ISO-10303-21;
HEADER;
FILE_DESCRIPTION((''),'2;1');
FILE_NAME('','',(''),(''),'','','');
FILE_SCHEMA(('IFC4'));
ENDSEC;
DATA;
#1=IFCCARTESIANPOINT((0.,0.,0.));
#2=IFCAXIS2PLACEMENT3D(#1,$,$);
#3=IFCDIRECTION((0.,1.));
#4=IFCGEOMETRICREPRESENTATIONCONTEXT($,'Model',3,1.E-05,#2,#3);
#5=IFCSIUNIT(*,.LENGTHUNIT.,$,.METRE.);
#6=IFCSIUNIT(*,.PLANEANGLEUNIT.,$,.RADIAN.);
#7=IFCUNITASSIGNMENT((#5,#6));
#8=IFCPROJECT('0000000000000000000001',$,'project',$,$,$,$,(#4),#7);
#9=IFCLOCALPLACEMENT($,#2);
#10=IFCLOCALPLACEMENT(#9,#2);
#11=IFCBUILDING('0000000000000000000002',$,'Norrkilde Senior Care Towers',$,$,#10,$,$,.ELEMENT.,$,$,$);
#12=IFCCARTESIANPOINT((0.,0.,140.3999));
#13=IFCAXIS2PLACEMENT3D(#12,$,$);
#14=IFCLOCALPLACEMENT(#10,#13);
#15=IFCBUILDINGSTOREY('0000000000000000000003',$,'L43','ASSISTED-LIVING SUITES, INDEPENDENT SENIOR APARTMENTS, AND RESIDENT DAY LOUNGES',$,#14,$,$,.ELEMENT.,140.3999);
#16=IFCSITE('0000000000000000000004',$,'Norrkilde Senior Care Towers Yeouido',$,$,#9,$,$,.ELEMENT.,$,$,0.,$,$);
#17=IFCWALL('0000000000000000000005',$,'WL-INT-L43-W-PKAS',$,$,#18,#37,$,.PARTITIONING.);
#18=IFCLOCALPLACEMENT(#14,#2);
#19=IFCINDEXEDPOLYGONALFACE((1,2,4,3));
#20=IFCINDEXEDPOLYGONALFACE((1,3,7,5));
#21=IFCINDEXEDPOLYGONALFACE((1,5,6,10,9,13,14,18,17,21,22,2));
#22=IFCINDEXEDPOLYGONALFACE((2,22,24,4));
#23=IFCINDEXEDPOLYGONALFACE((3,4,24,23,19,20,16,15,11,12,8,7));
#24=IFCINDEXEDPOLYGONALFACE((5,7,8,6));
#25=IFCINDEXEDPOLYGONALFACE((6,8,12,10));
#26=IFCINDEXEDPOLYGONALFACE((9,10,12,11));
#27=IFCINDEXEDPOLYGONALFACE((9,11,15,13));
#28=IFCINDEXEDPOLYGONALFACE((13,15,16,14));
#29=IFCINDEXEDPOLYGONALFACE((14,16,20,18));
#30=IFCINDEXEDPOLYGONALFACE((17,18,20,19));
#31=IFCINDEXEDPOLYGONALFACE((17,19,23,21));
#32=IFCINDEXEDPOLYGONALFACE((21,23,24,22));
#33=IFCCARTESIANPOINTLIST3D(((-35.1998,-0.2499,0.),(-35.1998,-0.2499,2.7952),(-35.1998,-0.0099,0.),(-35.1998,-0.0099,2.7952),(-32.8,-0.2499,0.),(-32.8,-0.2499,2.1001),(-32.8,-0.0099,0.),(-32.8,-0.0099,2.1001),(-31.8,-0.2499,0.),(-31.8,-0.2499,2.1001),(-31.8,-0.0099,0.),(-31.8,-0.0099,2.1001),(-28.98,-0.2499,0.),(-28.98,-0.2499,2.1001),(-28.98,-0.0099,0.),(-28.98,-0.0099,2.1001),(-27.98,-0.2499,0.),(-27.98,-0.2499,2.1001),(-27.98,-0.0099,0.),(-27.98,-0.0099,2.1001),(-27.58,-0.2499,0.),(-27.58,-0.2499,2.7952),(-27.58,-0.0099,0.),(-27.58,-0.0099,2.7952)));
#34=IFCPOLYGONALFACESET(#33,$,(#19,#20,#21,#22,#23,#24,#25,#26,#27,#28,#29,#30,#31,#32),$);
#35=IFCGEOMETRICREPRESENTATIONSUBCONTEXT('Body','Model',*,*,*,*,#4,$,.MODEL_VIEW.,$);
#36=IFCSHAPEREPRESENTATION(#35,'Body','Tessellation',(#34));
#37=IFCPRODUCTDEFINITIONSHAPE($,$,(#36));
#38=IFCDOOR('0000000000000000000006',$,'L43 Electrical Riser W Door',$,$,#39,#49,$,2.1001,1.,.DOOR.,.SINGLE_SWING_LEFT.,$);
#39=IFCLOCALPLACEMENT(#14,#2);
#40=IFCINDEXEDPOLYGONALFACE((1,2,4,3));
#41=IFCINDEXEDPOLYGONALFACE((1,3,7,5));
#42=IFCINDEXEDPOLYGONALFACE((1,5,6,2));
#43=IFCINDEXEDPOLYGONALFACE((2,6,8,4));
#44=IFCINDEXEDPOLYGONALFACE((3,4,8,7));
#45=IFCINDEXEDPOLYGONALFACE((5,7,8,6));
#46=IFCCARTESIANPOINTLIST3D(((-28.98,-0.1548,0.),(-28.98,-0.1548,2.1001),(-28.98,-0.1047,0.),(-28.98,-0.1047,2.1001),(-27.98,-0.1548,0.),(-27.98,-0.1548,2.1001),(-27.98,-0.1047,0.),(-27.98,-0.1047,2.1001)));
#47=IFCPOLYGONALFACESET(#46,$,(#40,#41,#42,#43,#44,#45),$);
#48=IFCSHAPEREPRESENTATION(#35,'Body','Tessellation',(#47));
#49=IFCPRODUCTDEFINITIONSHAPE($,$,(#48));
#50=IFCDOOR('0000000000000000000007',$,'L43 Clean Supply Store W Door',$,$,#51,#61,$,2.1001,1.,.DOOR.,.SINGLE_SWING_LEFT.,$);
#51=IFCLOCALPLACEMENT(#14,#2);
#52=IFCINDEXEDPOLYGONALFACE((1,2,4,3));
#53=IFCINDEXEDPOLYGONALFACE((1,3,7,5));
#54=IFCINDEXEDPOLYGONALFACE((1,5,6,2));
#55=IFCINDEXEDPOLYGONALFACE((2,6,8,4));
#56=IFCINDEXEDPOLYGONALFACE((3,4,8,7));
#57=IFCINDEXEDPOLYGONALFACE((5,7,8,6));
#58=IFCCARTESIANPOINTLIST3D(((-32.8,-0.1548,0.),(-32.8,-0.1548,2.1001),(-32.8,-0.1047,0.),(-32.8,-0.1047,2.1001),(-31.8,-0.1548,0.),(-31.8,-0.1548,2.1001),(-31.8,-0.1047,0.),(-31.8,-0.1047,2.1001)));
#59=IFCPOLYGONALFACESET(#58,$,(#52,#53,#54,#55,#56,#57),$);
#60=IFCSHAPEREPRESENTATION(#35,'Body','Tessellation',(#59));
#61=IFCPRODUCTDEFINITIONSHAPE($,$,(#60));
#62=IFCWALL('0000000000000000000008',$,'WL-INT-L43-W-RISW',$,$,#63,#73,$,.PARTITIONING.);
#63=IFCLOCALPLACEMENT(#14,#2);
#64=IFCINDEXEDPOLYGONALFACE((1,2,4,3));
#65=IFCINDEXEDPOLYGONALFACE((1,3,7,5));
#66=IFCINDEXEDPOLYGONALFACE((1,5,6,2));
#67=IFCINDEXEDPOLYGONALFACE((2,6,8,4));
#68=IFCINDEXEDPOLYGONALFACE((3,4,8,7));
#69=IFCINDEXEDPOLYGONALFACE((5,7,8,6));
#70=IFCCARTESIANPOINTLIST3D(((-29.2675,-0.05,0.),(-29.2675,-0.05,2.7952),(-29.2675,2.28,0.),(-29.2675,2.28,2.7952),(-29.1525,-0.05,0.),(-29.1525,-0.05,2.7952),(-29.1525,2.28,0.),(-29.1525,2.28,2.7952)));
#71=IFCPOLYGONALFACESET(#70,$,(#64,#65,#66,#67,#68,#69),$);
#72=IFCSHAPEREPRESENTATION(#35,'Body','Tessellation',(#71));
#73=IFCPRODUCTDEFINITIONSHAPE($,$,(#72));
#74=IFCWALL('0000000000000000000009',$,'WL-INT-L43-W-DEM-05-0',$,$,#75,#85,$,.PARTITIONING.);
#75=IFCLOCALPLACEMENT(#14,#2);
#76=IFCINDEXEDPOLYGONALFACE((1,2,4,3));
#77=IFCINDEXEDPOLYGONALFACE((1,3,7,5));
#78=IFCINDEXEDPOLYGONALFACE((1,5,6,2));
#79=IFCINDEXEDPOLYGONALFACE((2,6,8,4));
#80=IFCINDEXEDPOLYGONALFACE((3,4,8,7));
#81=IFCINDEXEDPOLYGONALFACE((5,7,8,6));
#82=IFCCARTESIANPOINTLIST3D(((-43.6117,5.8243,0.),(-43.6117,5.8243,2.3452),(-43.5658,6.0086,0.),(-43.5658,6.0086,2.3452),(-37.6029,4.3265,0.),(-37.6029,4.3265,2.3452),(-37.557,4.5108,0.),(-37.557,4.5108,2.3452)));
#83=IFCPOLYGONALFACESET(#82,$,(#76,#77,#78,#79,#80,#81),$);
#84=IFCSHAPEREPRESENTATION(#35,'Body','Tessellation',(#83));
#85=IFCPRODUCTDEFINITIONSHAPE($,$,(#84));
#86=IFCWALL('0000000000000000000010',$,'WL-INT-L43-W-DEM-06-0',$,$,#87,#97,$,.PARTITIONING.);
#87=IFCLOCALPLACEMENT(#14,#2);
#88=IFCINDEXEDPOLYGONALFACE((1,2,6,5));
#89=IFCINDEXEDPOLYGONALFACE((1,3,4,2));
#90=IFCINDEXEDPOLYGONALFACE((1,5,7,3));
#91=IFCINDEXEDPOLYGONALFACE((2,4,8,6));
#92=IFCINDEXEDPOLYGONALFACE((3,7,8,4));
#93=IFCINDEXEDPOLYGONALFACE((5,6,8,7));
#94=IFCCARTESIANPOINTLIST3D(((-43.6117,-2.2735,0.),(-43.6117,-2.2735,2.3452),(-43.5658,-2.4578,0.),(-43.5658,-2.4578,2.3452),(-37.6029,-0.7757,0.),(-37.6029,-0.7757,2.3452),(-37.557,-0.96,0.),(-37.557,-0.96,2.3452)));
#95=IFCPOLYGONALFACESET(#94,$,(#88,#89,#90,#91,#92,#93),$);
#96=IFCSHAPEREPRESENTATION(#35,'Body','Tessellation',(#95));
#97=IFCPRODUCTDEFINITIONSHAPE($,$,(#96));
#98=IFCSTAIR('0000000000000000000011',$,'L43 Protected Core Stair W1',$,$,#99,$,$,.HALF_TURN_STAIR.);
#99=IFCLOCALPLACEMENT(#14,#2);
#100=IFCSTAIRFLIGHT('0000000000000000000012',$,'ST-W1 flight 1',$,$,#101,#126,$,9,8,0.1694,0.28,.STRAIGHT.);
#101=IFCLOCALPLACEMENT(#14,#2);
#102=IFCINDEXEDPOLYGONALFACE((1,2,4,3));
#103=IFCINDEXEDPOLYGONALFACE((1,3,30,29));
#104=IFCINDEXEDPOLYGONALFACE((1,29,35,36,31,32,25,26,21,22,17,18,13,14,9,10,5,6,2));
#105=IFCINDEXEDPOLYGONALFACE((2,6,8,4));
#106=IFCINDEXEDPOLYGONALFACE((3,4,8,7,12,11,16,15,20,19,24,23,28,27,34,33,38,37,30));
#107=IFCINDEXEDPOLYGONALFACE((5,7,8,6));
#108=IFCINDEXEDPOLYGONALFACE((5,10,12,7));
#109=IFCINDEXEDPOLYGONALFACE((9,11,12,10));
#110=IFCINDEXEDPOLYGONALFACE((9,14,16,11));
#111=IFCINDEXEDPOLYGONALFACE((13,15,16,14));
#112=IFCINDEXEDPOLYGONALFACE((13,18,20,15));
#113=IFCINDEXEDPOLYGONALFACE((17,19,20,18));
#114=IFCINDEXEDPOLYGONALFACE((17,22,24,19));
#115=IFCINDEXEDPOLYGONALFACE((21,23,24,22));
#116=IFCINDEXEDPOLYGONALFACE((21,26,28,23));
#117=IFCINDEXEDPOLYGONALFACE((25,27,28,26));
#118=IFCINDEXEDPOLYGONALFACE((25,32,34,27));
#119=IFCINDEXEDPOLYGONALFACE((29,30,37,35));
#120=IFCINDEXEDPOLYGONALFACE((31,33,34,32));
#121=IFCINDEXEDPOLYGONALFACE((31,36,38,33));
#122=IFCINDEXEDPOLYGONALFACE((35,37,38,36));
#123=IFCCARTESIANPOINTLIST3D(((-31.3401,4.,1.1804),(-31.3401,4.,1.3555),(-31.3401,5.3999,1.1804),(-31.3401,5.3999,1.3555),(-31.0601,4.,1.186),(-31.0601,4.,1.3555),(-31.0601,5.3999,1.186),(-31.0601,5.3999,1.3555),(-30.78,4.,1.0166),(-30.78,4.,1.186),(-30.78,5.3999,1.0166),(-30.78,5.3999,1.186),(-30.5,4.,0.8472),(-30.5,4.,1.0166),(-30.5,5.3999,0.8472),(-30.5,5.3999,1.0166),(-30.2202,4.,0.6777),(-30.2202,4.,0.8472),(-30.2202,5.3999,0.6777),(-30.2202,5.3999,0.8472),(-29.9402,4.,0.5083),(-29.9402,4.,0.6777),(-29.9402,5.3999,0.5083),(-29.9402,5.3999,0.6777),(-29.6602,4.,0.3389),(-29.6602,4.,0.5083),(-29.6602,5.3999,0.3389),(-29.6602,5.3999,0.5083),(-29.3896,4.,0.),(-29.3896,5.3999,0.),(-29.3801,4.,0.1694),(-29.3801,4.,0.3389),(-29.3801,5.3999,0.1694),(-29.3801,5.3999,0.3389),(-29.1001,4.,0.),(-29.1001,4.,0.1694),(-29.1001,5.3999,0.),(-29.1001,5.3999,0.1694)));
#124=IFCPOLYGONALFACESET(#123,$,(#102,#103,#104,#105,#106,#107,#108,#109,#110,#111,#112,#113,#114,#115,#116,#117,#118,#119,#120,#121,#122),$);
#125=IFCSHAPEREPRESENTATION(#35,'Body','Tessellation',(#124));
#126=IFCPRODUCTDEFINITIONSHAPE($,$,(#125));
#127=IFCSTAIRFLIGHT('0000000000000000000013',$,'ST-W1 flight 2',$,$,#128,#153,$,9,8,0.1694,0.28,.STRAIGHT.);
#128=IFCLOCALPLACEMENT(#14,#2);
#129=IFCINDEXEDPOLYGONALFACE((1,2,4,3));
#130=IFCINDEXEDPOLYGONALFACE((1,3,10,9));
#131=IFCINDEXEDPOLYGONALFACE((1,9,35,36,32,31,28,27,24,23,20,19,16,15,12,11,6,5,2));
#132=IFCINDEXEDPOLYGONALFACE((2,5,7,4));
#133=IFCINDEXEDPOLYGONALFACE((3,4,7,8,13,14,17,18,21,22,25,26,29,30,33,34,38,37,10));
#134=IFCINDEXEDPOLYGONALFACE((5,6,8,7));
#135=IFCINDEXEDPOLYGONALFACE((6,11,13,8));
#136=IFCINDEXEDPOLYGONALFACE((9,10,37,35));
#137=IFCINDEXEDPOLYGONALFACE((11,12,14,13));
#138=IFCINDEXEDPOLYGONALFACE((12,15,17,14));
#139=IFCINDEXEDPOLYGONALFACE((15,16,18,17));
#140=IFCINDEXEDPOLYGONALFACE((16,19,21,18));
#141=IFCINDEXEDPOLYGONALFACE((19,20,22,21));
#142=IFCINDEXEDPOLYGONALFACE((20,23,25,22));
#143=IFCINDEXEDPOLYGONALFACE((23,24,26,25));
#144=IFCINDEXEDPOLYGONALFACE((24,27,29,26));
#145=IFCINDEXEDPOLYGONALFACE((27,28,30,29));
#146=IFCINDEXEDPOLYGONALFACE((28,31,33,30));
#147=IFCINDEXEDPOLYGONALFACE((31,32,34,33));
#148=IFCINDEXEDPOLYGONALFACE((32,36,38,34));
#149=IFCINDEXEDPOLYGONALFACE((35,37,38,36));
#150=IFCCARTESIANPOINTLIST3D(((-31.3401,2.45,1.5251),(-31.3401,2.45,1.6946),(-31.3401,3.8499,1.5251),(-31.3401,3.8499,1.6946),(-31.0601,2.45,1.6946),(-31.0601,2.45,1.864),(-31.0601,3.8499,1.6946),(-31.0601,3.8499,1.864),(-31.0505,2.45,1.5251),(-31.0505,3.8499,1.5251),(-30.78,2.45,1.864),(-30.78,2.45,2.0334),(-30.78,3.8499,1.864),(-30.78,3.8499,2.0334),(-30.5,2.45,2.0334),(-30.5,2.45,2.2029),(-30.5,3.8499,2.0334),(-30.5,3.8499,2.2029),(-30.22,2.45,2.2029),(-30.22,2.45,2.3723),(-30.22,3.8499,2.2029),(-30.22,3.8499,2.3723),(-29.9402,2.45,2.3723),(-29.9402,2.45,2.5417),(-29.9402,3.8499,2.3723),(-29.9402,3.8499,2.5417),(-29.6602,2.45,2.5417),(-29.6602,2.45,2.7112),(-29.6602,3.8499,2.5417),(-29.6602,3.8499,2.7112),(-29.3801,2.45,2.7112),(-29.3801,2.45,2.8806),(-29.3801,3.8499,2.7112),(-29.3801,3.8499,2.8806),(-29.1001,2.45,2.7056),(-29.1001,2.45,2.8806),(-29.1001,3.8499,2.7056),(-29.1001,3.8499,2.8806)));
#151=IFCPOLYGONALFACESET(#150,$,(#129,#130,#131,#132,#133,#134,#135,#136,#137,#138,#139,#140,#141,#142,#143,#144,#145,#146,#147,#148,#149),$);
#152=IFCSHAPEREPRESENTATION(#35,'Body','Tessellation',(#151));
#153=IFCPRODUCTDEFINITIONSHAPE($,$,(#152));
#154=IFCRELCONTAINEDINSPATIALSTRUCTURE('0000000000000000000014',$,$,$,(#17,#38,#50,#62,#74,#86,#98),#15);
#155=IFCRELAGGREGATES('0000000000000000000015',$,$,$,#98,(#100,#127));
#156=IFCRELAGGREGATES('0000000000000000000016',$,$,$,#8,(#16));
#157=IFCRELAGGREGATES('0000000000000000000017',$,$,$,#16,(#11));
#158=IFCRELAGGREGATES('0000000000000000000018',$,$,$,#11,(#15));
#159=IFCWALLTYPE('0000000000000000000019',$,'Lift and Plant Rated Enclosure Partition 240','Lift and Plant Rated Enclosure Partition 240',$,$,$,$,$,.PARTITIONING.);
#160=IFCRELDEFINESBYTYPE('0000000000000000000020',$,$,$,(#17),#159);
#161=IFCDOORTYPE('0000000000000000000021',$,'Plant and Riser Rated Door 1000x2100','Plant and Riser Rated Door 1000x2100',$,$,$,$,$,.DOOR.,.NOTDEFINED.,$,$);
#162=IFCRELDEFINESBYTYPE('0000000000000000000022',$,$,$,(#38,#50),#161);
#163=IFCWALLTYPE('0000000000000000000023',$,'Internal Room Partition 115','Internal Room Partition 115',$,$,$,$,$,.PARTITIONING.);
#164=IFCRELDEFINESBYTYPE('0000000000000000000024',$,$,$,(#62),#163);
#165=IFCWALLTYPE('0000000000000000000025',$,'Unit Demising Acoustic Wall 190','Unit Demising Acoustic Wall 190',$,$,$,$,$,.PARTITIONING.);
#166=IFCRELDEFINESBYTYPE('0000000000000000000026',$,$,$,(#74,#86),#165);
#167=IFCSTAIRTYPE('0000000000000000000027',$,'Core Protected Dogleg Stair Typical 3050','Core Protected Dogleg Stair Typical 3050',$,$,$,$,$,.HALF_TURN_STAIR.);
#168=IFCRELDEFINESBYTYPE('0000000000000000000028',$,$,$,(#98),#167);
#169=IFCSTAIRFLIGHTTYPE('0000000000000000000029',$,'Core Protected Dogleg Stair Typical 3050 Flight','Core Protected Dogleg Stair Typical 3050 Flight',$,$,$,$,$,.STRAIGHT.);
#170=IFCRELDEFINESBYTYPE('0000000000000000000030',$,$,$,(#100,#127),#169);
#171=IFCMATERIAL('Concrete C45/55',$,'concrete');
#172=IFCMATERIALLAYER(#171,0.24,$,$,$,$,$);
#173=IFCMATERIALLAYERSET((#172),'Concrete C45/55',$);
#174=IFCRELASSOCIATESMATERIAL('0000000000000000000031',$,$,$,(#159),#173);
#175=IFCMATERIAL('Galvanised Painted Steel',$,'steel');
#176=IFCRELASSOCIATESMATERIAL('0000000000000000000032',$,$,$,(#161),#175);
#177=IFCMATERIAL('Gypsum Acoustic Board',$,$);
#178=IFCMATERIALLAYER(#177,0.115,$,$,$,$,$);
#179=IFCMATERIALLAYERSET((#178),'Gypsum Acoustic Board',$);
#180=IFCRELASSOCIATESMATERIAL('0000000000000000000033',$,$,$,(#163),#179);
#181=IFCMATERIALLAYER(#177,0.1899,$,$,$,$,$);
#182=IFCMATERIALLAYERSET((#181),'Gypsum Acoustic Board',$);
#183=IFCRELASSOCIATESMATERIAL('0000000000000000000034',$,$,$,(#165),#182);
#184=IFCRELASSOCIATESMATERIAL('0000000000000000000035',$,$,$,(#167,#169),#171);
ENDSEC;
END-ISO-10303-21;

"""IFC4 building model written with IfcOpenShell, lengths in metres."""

from ifc_helpers import new_model, si_unit, direction, frame, frame_2d, origin, place, context, subcontext, project, spatial, polyline, rectangle, outline, extrude, source, transform, mapped, material, layer, layer_set, type_object, type_shapes, element, fill, aggregate, save


model = new_model("IFC4")

# Units and contexts
model_context = context("Model", 3, precision=1e-05, world=origin(), true_north=direction((0.0, 1.0)))
body_context = subcontext(model_context, "Body", "Model", "MODEL_VIEW")
ifc_project = project(units=[si_unit("LENGTHUNIT", "METRE"), si_unit("PLANEANGLEUNIT", "RADIAN")], contexts=[model_context])

# Site, building, storey
site_placement = place(None, origin())
site = spatial("IfcSite", under=ifc_project, at=site_placement, Name="Norrkilde Senior Care Towers Yeouido", CompositionType="ELEMENT", RefElevation=0.0)
building_placement = place(site_placement, origin())
building = spatial("IfcBuilding", under=site, at=building_placement, Name="Norrkilde Senior Care Towers", CompositionType="ELEMENT")
storey_placement = place(building_placement, frame((0.0, 0.0, 140.3999)))
storey = spatial("IfcBuildingStorey", under=building, at=storey_placement, Name="L43", Description="ASSISTED-LIVING SUITES, INDEPENDENT SENIOR APARTMENTS, AND RESIDENT DAY LOUNGES", CompositionType="ELEMENT", Elevation=140.3999)

# Shared definitions
ifc_material_1 = material(Name="Concrete C45/55", Category="concrete")

# Wall, openings, doors
ifc_layer_1 = layer(ifc_material_1, 0.24)
ifc_layer_set_1 = layer_set([ifc_layer_1], Name="Concrete C45/55")
wall_type_1 = type_object("IfcWallType", Name="Lift and Plant Rated Enclosure Partition 240", Description="Lift and Plant Rated Enclosure Partition 240", PredefinedType="PARTITIONING", material=ifc_layer_set_1)
shared_shape_1 = source(origin(), body_context, "Body", "SweptSolid", [
    extrude(rectangle(XDim=7.6199, YDim=0.24, at=frame_2d((3.8101, 0.0))), origin(), (0.0, 0.0, 1.0), 2.7952),
])
type_shapes(wall_type_1, [shared_shape_1])
wall_1_placement = place(storey_placement, frame((-35.2, -0.1299, 0.0), z_axis=(0.0, 0.0, 1.0), x_axis=(1.0, 0.0, 0.0)))
wall_1 = element("IfcWall", 1, at=wall_1_placement, inside=storey, type_object=wall_type_1, Name="WL-INT-L43-W-PKAS", PredefinedType="PARTITIONING", context=body_context, shape_type="MappedRepresentation", body=[
    mapped(shared_shape_1, transform((0.0, 0.0, 0.0), x_axis=(1.0, 0.0, 0.0), y_axis=(0.0, 1.0, 0.0), z_axis=(0.0, 0.0, 1.0), scale=1.0)),
])
opening_1_placement = place(wall_1_placement, frame((6.22, 0.0, 0.0)))
opening_1 = element("IfcOpeningElement", 2, at=opening_1_placement, cuts=wall_1, PredefinedType="OPENING", context=body_context, shape_type="SweptSolid", body=[
    extrude(rectangle(XDim=1.0, YDim=2.1001, at=frame_2d((0.5, 1.05))), frame((0.0, 0.1299, 0.0), z_axis=(0.0, -1.0, 0.0), x_axis=(1.0, 0.0, 0.0)), (0.0, 0.0, 1.0), 0.26),
])
opening_2_placement = place(wall_1_placement, frame((2.3999, 0.0, 0.0)))
opening_2 = element("IfcOpeningElement", 3, at=opening_2_placement, cuts=wall_1, PredefinedType="OPENING", context=body_context, shape_type="SweptSolid", body=[
    extrude(rectangle(XDim=1.0, YDim=2.1001, at=frame_2d((0.5, 1.05))), frame((0.0, 0.1299, 0.0), z_axis=(0.0, -1.0, 0.0), x_axis=(1.0, 0.0, 0.0)), (0.0, 0.0, 1.0), 0.26),
])
ifc_material_2 = material(Name="Galvanised Painted Steel", Category="steel")
door_type = type_object("IfcDoorType", Name="Plant and Riser Rated Door 1000x2100", Description="Plant and Riser Rated Door 1000x2100", OperationType="NOTDEFINED", PredefinedType="DOOR", material=ifc_material_2)
shared_shape_2 = source(origin(), body_context, "Body", "SweptSolid", [
    extrude(rectangle(XDim=1.0, YDim=2.1001, at=frame_2d((0.5, 1.05))), frame((0.0, 0.0249, 0.0), z_axis=(0.0, -1.0, 0.0), x_axis=(1.0, 0.0, 0.0)), (0.0, 0.0, 1.0), 0.05),
])
type_shapes(door_type, [shared_shape_2])
door_1_placement = place(opening_1_placement, frame((1.0, 0.0, 0.0), z_axis=(0.0, 0.0, 1.0), x_axis=(-1.0, 0.0, 0.0)))
door_1 = element("IfcDoor", 4, at=door_1_placement, inside=storey, type_object=door_type, Name="L43 Electrical Riser W Door", OperationType="SINGLE_SWING_LEFT", OverallHeight=2.1001, OverallWidth=1.0, PredefinedType="DOOR", context=body_context, shape_type="MappedRepresentation", body=[
    mapped(shared_shape_2, transform((0.0, 0.0, 0.0), x_axis=(1.0, 0.0, 0.0), y_axis=(0.0, 1.0, 0.0), z_axis=(0.0, 0.0, 1.0), scale=1.0)),
])
fill(opening_1, door_1)
door_2_placement = place(opening_2_placement, frame((1.0, 0.0, 0.0), z_axis=(0.0, 0.0, 1.0), x_axis=(-1.0, 0.0, 0.0)))
door_2 = element("IfcDoor", 5, at=door_2_placement, inside=storey, type_object=door_type, Name="L43 Clean Supply Store W Door", OperationType="SINGLE_SWING_LEFT", OverallHeight=2.1001, OverallWidth=1.0, PredefinedType="DOOR", context=body_context, shape_type="MappedRepresentation", body=[
    mapped(shared_shape_2, transform((0.0, 0.0, 0.0), x_axis=(1.0, 0.0, 0.0), y_axis=(0.0, 1.0, 0.0), z_axis=(0.0, 0.0, 1.0), scale=1.0)),
])
fill(opening_2, door_2)

# Walls
ifc_material_3 = material(Name="Gypsum Acoustic Board")
ifc_layer_2 = layer(ifc_material_3, 0.115)
ifc_layer_set_2 = layer_set([ifc_layer_2], Name="Gypsum Acoustic Board")
wall_type_2 = type_object("IfcWallType", Name="Internal Room Partition 115", Description="Internal Room Partition 115", PredefinedType="PARTITIONING", material=ifc_layer_set_2)
shared_shape_3 = source(origin(), body_context, "Body", "SweptSolid", [
    extrude(rectangle(XDim=2.3301, YDim=0.115, at=frame_2d((1.165, 0.0))), origin(), (0.0, 0.0, 1.0), 2.7952),
])
type_shapes(wall_type_2, [shared_shape_3])
wall_2_placement = place(storey_placement, frame((-29.21, -0.05, 0.0), z_axis=(0.0, 0.0, 1.0), x_axis=(0.0, 1.0, 0.0)))
element("IfcWall", 6, at=wall_2_placement, inside=storey, type_object=wall_type_2, Name="WL-INT-L43-W-RISW", PredefinedType="PARTITIONING", context=body_context, shape_type="MappedRepresentation", body=[
    mapped(shared_shape_3, transform((0.0, 0.0, 0.0), x_axis=(1.0, 0.0, 0.0), y_axis=(0.0, 1.0, 0.0), z_axis=(0.0, 0.0, 1.0), scale=1.0)),
])
ifc_layer_3 = layer(ifc_material_3, 0.1899)
ifc_layer_set_3 = layer_set([ifc_layer_3], Name="Gypsum Acoustic Board")
wall_type_3 = type_object("IfcWallType", Name="Unit Demising Acoustic Wall 190", Description="Unit Demising Acoustic Wall 190", PredefinedType="PARTITIONING", material=ifc_layer_set_3)
shared_shape_4 = source(origin(), body_context, "Body", "SweptSolid", [
    extrude(rectangle(XDim=6.1926, YDim=0.1899, at=frame_2d((3.0962, 0.0))), origin(), (0.0, 0.0, 1.0), 2.3452),
])
type_shapes(wall_type_3, [shared_shape_4])
for number, where, z_axis, x_axis, name in (
    (7, (-37.5801, 4.4187, 0.0), (0.0, 0.0, 1.0), (-0.970309, 0.241868, 0.0), "WL-INT-L43-W-DEM-05-0"),
    (8, (-37.5801, -0.8679, 0.0), (0.0, 0.0, 1.0), (-0.970309, -0.241868, 0.0), "WL-INT-L43-W-DEM-06-0"),
):
    element("IfcWall", number, at=place(storey_placement, frame(where, z_axis=z_axis, x_axis=x_axis)), inside=storey, type_object=wall_type_3, Name=name, PredefinedType="PARTITIONING", context=body_context, shape_type="MappedRepresentation", body=[
        mapped(shared_shape_4, transform((0.0, 0.0, 0.0), x_axis=(1.0, 0.0, 0.0), y_axis=(0.0, 1.0, 0.0), z_axis=(0.0, 0.0, 1.0), scale=1.0)),
    ])

# Stair, stair flights
stair_type = type_object("IfcStairType", Name="Core Protected Dogleg Stair Typical 3050", Description="Core Protected Dogleg Stair Typical 3050", PredefinedType="HALF_TURN_STAIR", material=ifc_material_1)
stair_placement = place(storey_placement, origin())
stair = element("IfcStair", 9, at=stair_placement, inside=storey, type_object=stair_type, Name="L43 Protected Core Stair W1", PredefinedType="HALF_TURN_STAIR")
stair_flight_type = type_object("IfcStairFlightType", Name="Core Protected Dogleg Stair Typical 3050 Flight", Description="Core Protected Dogleg Stair Typical 3050 Flight", PredefinedType="STRAIGHT", material=ifc_material_1)
stair_flight_1_placement = place(storey_placement, frame((-29.1001, 4.7, 0.0), z_axis=(0.0, 0.0, 1.0), x_axis=(-1.0, 0.0, 0.0)))
stair_flight_1 = element("IfcStairFlight", 10, at=stair_flight_1_placement, type_object=stair_flight_type, Name="ST-W1 flight 1", NumberOfRisers=9, NumberOfTreads=8, PredefinedType="STRAIGHT", RiserHeight=0.1694, TreadLength=0.28, context=body_context, shape_type="SweptSolid", body=[
    extrude(outline(polyline([(0.0, 0.0), (0.0, 0.1694), (0.28, 0.1694), (0.28, 0.3389), (0.5601, 0.3389), (0.5601, 0.5083), (0.8401, 0.5083), (0.8401, 0.6777), (1.1201, 0.6777), (1.1201, 0.8472), (1.3999, 0.8472), (1.3999, 1.0166), (1.6799, 1.0166), (1.6799, 1.186), (1.96, 1.186), (1.96, 1.3555), (2.24, 1.3555), (2.24, 1.5249), (2.24, 1.1804), (0.2896, 0.0), (0.0, 0.0)])), frame((0.0, 0.7, 0.0), z_axis=(0.0, -1.0, 0.0), x_axis=(1.0, 0.0, 0.0)), (0.0, 0.0, 1.0), 1.3999),
])
stair_flight_2_placement = place(storey_placement, frame((-31.3401, 3.1499, 1.5251), z_axis=(0.0, 0.0, 1.0), x_axis=(1.0, 0.0, 0.0)))
stair_flight_2 = element("IfcStairFlight", 11, at=stair_flight_2_placement, type_object=stair_flight_type, Name="ST-W1 flight 2", NumberOfRisers=9, NumberOfTreads=8, PredefinedType="STRAIGHT", RiserHeight=0.1694, TreadLength=0.28, context=body_context, shape_type="SweptSolid", body=[
    extrude(outline(polyline([(0.0, 0.0), (0.0, 0.1694), (0.28, 0.1694), (0.28, 0.3389), (0.5601, 0.3389), (0.5601, 0.5083), (0.8401, 0.5083), (0.8401, 0.6777), (1.1201, 0.6777), (1.1201, 0.8472), (1.3999, 0.8472), (1.3999, 1.0166), (1.6799, 1.0166), (1.6799, 1.186), (1.96, 1.186), (1.96, 1.3555), (2.24, 1.3555), (2.24, 1.5249), (2.24, 1.1804), (0.2896, 0.0), (0.0, 0.0)])), frame((0.0, 0.7, 0.0), z_axis=(0.0, -1.0, 0.0), x_axis=(1.0, 0.0, 0.0)), (0.0, 0.0, 1.0), 1.3999),
])
aggregate(stair, [stair_flight_1, stair_flight_2])

save(model, "model.ifc")
